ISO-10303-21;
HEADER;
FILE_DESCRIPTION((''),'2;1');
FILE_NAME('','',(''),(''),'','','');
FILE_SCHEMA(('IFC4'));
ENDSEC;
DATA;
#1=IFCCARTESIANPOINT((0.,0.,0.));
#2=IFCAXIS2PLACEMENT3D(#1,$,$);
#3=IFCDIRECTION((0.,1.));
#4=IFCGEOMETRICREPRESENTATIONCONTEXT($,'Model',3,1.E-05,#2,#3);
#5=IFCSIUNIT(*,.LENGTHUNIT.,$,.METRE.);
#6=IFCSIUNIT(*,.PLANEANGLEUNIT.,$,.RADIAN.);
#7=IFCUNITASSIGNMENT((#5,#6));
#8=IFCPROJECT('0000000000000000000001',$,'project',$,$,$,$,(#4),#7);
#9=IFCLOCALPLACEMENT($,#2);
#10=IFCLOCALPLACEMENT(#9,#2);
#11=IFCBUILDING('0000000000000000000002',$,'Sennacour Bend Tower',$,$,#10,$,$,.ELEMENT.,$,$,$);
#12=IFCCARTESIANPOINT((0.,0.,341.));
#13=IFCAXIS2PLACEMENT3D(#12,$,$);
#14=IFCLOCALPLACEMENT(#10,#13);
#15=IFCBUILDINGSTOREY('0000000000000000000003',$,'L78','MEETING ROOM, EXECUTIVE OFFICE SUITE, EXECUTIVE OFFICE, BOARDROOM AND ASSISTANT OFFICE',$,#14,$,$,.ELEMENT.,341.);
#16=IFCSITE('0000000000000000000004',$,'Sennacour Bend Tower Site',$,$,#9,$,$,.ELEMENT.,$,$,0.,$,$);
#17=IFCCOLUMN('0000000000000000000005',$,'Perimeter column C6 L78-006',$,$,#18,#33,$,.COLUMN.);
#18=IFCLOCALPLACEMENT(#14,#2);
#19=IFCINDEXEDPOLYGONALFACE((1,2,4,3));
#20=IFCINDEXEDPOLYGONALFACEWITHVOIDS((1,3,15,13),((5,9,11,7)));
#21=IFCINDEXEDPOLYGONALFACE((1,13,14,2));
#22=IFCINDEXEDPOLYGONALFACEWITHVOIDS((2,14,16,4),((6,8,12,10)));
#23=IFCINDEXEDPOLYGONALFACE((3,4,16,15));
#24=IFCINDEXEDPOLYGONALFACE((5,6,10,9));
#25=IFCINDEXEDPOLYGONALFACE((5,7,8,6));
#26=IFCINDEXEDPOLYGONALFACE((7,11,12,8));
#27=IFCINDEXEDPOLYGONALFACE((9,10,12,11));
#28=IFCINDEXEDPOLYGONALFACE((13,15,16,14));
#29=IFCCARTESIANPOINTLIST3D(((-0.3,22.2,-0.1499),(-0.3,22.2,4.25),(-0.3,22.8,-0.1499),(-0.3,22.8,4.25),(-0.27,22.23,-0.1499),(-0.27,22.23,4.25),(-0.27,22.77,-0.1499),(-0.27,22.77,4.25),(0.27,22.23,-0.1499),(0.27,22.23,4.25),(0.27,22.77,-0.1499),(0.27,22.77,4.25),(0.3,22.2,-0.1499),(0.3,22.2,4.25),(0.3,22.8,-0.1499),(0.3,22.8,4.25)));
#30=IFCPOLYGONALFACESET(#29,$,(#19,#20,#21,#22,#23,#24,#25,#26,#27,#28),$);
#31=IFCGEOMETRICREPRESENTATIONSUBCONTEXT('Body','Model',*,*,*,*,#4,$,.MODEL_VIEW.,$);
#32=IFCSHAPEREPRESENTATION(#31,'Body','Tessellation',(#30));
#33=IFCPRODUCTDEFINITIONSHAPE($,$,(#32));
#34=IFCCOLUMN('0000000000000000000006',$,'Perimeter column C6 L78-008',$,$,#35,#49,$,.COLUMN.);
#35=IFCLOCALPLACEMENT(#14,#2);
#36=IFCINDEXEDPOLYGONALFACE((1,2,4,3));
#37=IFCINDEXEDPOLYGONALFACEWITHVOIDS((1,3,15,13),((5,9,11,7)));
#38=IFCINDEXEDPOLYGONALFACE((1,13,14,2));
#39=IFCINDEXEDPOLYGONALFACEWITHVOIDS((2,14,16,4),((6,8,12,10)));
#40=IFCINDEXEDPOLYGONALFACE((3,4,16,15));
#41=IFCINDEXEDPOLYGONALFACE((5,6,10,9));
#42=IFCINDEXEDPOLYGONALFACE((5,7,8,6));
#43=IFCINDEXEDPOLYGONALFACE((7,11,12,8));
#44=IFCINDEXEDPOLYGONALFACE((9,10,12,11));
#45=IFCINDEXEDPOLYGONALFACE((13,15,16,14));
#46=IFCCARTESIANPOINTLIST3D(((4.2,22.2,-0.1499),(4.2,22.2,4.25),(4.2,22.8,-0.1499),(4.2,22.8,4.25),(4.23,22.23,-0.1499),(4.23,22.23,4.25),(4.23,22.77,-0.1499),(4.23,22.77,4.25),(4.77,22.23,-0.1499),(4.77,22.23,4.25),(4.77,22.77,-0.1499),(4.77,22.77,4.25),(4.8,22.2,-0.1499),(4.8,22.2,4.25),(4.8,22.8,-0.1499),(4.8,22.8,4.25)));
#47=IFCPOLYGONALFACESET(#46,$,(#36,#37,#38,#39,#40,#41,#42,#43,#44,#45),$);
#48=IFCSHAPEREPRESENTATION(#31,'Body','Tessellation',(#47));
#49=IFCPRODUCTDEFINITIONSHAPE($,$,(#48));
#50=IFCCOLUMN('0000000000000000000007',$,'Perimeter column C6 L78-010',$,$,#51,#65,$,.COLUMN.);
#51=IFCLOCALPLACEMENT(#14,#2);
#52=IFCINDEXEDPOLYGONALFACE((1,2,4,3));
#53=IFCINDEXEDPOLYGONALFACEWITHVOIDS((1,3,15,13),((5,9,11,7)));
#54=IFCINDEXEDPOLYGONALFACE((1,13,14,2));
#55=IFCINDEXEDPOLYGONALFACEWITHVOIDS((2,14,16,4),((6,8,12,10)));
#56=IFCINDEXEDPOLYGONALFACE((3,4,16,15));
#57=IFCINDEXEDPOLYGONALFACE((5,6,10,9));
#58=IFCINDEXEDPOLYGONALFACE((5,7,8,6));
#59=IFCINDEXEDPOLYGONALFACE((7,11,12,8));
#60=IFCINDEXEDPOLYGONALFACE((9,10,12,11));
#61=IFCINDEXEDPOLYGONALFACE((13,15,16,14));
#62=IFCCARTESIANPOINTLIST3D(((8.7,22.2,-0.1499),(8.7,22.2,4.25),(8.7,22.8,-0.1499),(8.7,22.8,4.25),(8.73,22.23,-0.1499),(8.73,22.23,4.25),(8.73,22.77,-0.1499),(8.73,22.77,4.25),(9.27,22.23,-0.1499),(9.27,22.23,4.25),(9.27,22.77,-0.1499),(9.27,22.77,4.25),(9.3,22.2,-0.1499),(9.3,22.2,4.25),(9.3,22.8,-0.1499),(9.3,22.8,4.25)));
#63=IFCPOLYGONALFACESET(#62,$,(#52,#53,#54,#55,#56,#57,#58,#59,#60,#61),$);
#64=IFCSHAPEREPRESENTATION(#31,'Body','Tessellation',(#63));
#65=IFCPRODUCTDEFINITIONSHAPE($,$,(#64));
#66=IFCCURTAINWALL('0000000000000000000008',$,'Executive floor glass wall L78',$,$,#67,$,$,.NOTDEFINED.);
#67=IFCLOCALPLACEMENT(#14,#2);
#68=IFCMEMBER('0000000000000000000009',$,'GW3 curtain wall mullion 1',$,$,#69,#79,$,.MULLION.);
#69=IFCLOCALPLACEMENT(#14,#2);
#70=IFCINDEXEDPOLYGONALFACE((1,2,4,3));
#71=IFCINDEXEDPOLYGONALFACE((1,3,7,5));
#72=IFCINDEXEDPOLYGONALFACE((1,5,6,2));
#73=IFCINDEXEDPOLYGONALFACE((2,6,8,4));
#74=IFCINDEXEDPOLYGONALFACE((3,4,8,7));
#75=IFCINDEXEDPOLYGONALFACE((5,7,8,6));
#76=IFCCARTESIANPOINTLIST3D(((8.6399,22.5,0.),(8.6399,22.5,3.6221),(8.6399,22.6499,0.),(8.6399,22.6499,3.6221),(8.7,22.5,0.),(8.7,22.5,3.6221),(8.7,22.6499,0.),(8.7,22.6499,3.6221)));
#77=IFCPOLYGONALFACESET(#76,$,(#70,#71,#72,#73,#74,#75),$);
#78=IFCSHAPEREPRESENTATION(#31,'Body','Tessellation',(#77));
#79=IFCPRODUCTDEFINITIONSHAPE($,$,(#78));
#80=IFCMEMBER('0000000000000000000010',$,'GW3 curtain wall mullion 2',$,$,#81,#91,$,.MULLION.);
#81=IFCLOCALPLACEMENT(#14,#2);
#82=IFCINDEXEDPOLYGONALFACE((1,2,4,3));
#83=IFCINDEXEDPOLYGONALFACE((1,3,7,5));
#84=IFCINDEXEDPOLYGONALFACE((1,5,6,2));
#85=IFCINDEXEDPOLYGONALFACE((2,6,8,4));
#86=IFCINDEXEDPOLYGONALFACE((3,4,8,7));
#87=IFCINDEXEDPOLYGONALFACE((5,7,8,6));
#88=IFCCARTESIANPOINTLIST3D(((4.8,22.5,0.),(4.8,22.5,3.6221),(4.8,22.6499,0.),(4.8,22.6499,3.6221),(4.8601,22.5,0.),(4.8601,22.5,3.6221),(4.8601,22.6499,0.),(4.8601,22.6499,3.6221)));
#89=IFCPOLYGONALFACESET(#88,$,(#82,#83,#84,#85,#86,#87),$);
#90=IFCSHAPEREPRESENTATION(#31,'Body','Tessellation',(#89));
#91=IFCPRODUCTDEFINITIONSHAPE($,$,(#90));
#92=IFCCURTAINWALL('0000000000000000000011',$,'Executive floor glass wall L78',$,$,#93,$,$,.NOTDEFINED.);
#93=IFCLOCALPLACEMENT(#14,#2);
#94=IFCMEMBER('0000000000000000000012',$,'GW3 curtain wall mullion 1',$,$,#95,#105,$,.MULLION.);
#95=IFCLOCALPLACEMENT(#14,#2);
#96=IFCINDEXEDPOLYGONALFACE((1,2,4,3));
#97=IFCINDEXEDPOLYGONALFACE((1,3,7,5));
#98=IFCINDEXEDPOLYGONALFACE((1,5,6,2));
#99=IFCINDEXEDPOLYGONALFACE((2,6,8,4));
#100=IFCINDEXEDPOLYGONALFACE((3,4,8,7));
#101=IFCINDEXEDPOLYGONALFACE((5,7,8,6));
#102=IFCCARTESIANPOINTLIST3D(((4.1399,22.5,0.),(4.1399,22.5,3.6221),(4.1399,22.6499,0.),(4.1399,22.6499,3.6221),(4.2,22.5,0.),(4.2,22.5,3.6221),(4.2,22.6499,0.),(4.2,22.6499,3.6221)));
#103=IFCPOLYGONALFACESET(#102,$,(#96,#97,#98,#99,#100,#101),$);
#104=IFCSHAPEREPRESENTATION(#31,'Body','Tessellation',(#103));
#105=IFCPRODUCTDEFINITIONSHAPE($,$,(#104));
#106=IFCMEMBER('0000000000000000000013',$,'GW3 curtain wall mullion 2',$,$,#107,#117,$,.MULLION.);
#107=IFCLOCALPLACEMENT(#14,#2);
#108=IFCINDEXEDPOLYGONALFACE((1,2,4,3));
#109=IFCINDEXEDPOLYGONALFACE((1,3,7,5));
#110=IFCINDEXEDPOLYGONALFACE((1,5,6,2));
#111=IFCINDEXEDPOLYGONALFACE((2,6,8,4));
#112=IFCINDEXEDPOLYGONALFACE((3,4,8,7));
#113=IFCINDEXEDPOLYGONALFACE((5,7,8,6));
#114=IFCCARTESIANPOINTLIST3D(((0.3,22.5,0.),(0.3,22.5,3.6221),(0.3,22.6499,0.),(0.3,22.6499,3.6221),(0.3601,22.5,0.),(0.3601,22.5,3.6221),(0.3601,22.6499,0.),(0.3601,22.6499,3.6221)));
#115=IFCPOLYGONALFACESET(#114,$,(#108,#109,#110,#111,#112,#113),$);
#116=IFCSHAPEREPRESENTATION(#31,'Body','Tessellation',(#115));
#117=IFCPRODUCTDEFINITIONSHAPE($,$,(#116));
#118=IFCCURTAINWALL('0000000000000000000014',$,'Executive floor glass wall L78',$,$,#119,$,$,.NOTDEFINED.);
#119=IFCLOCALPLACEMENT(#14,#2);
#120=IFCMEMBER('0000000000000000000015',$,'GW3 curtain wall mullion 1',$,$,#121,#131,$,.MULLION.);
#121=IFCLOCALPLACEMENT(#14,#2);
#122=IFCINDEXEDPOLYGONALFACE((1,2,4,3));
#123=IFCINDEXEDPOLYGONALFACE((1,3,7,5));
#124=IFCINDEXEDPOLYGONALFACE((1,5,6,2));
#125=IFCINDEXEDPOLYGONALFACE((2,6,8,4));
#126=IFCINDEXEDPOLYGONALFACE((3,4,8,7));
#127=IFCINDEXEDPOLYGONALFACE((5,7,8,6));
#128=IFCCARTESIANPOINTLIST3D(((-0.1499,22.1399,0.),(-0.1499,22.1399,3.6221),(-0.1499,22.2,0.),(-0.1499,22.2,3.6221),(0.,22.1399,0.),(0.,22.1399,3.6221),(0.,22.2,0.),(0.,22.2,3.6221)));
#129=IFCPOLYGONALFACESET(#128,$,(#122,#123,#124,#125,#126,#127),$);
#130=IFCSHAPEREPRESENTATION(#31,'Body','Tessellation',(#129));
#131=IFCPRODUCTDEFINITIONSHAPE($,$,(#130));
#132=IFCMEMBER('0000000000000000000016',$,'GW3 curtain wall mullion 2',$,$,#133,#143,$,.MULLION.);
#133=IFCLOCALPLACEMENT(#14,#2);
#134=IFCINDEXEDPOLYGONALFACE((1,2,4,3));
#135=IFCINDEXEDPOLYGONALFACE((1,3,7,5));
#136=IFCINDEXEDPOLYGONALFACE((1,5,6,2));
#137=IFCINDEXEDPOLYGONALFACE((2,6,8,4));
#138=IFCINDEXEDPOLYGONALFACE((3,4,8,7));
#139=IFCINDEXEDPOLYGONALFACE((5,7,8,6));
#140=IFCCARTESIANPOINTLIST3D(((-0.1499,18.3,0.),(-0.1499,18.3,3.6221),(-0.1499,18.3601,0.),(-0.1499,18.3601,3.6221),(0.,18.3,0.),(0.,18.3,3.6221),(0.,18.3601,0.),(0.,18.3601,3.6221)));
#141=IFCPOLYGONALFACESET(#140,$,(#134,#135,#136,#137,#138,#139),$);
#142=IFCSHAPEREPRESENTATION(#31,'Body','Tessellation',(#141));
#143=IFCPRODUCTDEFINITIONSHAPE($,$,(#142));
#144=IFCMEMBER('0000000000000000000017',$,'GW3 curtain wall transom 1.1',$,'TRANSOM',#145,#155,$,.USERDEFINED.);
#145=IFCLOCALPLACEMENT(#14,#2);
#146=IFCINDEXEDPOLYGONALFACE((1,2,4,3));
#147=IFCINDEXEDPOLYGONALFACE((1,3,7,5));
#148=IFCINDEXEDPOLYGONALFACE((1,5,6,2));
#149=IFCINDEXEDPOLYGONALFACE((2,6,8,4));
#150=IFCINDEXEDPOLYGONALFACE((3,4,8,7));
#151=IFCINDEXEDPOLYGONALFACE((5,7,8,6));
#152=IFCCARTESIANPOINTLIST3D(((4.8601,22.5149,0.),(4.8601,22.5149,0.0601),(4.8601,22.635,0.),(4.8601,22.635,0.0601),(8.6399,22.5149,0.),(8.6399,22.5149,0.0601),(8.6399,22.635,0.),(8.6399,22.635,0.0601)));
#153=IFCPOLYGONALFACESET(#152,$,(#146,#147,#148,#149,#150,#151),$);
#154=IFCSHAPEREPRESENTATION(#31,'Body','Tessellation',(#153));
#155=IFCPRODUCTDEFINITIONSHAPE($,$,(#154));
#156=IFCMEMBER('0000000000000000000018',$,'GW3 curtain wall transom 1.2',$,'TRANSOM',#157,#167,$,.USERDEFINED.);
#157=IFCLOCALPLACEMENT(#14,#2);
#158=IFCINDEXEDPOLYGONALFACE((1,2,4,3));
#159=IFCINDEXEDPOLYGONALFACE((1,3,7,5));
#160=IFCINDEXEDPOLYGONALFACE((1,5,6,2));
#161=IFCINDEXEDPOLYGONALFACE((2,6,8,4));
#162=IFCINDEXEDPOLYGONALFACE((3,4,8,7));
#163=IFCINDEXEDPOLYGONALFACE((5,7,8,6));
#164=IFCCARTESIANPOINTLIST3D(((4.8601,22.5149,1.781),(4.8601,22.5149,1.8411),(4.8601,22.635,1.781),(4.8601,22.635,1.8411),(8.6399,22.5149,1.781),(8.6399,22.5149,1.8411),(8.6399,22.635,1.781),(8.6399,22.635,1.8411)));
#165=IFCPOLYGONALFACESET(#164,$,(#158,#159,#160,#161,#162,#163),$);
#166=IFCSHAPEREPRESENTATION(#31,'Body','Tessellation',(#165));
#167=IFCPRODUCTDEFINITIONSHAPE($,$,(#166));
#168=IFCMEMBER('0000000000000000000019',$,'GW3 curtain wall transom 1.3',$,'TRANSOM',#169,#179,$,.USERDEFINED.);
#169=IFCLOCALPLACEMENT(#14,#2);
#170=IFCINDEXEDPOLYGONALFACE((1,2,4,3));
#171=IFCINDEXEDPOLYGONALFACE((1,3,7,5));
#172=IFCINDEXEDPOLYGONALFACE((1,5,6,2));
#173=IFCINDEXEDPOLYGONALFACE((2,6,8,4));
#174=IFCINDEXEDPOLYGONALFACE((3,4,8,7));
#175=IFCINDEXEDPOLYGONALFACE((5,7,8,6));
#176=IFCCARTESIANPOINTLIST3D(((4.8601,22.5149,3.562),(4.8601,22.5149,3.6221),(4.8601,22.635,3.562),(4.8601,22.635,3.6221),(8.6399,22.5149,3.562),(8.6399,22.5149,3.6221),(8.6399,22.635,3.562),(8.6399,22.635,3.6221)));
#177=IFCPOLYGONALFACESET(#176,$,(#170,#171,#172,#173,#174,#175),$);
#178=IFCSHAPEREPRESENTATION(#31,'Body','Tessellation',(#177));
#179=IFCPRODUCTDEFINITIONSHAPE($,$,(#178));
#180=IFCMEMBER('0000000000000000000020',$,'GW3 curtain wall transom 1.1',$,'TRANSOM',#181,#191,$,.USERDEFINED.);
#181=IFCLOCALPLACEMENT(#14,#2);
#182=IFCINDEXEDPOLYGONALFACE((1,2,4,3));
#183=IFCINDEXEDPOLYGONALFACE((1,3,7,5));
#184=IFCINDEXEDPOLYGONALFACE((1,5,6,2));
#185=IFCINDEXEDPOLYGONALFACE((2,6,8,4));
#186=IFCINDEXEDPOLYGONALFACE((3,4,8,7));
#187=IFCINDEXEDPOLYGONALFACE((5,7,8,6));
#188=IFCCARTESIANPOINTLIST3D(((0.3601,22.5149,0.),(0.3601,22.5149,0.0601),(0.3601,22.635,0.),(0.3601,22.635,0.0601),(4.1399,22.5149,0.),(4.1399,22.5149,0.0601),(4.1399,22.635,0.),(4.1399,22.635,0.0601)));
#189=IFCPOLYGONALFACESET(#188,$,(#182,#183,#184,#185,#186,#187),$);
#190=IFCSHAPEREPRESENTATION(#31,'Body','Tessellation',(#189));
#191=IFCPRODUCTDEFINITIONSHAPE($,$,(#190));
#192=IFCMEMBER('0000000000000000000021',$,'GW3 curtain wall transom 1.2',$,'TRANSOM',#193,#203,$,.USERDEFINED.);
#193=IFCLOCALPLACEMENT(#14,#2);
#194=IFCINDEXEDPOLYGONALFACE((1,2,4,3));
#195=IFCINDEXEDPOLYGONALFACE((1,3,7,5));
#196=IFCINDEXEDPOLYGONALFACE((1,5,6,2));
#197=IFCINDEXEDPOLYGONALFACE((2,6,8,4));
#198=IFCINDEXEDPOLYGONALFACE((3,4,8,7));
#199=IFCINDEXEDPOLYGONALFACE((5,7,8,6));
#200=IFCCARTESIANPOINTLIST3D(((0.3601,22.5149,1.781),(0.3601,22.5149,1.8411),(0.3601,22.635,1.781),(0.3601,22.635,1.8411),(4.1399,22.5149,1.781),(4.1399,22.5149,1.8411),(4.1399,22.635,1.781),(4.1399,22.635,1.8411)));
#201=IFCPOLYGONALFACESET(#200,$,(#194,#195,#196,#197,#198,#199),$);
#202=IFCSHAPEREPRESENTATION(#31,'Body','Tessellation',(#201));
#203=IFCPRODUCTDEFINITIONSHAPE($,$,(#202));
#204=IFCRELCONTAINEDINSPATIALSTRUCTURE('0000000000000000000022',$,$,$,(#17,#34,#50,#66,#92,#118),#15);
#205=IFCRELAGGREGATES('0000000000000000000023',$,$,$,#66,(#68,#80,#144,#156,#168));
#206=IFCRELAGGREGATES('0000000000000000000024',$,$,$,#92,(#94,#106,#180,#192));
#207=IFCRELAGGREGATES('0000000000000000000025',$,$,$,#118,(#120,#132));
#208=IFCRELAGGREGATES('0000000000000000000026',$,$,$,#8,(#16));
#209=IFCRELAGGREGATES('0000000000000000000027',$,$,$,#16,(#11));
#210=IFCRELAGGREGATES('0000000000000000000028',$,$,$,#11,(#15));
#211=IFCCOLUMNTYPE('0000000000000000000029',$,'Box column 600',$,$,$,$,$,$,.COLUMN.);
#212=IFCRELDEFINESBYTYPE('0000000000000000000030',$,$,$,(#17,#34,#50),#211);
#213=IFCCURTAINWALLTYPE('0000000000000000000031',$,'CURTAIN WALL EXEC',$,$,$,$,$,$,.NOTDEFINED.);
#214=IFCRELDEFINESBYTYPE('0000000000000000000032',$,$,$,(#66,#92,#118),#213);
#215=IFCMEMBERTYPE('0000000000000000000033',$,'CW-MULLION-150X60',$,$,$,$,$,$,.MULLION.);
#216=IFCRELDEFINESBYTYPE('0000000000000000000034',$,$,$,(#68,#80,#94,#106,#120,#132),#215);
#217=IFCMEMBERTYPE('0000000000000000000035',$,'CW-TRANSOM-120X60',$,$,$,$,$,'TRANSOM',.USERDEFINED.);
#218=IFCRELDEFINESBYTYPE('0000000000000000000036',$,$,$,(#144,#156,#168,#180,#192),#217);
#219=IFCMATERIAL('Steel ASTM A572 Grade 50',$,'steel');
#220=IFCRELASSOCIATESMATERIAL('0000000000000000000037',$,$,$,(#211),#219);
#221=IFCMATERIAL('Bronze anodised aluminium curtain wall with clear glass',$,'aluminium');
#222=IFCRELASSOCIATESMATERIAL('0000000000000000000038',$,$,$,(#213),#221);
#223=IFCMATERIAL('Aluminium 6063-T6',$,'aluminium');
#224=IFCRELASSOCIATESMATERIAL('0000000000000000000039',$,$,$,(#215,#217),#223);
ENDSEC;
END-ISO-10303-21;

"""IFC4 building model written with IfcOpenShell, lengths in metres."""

from ifc_helpers import new_model, si_unit, direction, frame, origin, origin_2d, place, context, subcontext, project, spatial, rectangle, hollow_rectangle, extrude, material, material_profile, profile_set, type_object, element, aggregate, save


model = new_model("IFC4")

# Units and contexts
model_context = context("Model", 3, precision=1e-05, world=origin(), true_north=direction((0.0, 1.0)))
body_context = subcontext(model_context, "Body", "Model", "MODEL_VIEW")
ifc_project = project(units=[si_unit("LENGTHUNIT", "METRE"), si_unit("PLANEANGLEUNIT", "RADIAN")], contexts=[model_context])

# Site, building, storey
site_placement = place(None, origin())
site = spatial("IfcSite", under=ifc_project, at=site_placement, Name="Sennacour Bend Tower Site", CompositionType="ELEMENT", RefElevation=0.0)
building_placement = place(site_placement, origin())
building = spatial("IfcBuilding", under=site, at=building_placement, Name="Sennacour Bend Tower", CompositionType="ELEMENT")
storey_placement = place(building_placement, frame((0.0, 0.0, 341.0)))
storey = spatial("IfcBuildingStorey", under=building, at=storey_placement, Name="L78", Description="MEETING ROOM, EXECUTIVE OFFICE SUITE, EXECUTIVE OFFICE, BOARDROOM AND ASSISTANT OFFICE", CompositionType="ELEMENT", Elevation=341.0)

# Columns
ifc_material_1 = material(Name="Steel ASTM A572 Grade 50", Category="steel")
ifc_material_profile_1 = material_profile(ifc_material_1, hollow_rectangle(XDim=0.6001, YDim=0.6001, WallThickness=0.03, at=origin_2d()), Name="Steel ASTM A572 Grade 50", Category="steel")
ifc_profile_set_1 = profile_set([ifc_material_profile_1], Name="Steel ASTM A572 Grade 50")
column_type = type_object("IfcColumnType", Name="Box column 600", PredefinedType="COLUMN", material=ifc_profile_set_1)
for number, where, z_axis, x_axis, name in (
    (1, (0.0, 22.5, -0.1499), (0.0, 0.0, 1.0), (1.0, 0.0, 0.0), "Perimeter column C6 L78-006"),
    (2, (4.5, 22.5, -0.1499), (0.0, 0.0, 1.0), (1.0, 0.0, 0.0), "Perimeter column C6 L78-008"),
    (3, (9.0, 22.5, -0.1499), (0.0, 0.0, 1.0), (1.0, 0.0, 0.0), "Perimeter column C6 L78-010"),
):
    element("IfcColumn", number, at=place(storey_placement, frame(where, z_axis=z_axis, x_axis=x_axis)), inside=storey, type_object=column_type, Name=name, PredefinedType="COLUMN", context=body_context, shape_type="SweptSolid", body=[
        extrude(hollow_rectangle(XDim=0.6001, YDim=0.6001, WallThickness=0.03, at=origin_2d()), origin(), (0.0, 0.0, 1.0), 4.3999),
    ])

# Curtain walls, members
ifc_material_2 = material(Name="Bronze anodised aluminium curtain wall with clear glass", Category="aluminium")
curtain_wall_type = type_object("IfcCurtainWallType", Name="CURTAIN WALL EXEC", PredefinedType="NOTDEFINED", material=ifc_material_2)
curtain_wall_1_placement = place(storey_placement, origin())
curtain_wall_1 = element("IfcCurtainWall", 4, at=curtain_wall_1_placement, inside=storey, type_object=curtain_wall_type, Name="Executive floor glass wall L78", PredefinedType="NOTDEFINED")
ifc_material_3 = material(Name="Aluminium 6063-T6", Category="aluminium")
ifc_material_profile_2 = material_profile(ifc_material_3, rectangle(XDim=0.1499, YDim=0.0601, at=origin_2d()), Name="Aluminium 6063-T6", Category="aluminium")
ifc_profile_set_2 = profile_set([ifc_material_profile_2], Name="Aluminium 6063-T6")
member_type_1 = type_object("IfcMemberType", Name="CW-MULLION-150X60", PredefinedType="MULLION", material=ifc_profile_set_2)
member_1_placement = place(storey_placement, frame((8.6699, 22.575, 0.0), z_axis=(0.0, 0.0, 1.0), x_axis=(0.0, -1.0, 0.0)))
member_1 = element("IfcMember", 5, at=member_1_placement, type_object=member_type_1, Name="GW3 curtain wall mullion 1", PredefinedType="MULLION", context=body_context, shape_type="SweptSolid", body=[
    extrude(rectangle(XDim=0.1499, YDim=0.0601, at=origin_2d()), origin(), (0.0, 0.0, 1.0), 3.6221),
])
member_2_placement = place(storey_placement, frame((4.8301, 22.575, 0.0), z_axis=(0.0, 0.0, 1.0), x_axis=(0.0, -1.0, 0.0)))
member_2 = element("IfcMember", 6, at=member_2_placement, type_object=member_type_1, Name="GW3 curtain wall mullion 2", PredefinedType="MULLION", context=body_context, shape_type="SweptSolid", body=[
    extrude(rectangle(XDim=0.1499, YDim=0.0601, at=origin_2d()), origin(), (0.0, 0.0, 1.0), 3.6221),
])
curtain_wall_2_placement = place(storey_placement, origin())
curtain_wall_2 = element("IfcCurtainWall", 7, at=curtain_wall_2_placement, inside=storey, type_object=curtain_wall_type, Name="Executive floor glass wall L78", PredefinedType="NOTDEFINED")
member_3_placement = place(storey_placement, frame((4.1699, 22.575, 0.0), z_axis=(0.0, 0.0, 1.0), x_axis=(0.0, -1.0, 0.0)))
member_3 = element("IfcMember", 8, at=member_3_placement, type_object=member_type_1, Name="GW3 curtain wall mullion 1", PredefinedType="MULLION", context=body_context, shape_type="SweptSolid", body=[
    extrude(rectangle(XDim=0.1499, YDim=0.0601, at=origin_2d()), origin(), (0.0, 0.0, 1.0), 3.6221),
])
member_4_placement = place(storey_placement, frame((0.3301, 22.575, 0.0), z_axis=(0.0, 0.0, 1.0), x_axis=(0.0, -1.0, 0.0)))
member_4 = element("IfcMember", 9, at=member_4_placement, type_object=member_type_1, Name="GW3 curtain wall mullion 2", PredefinedType="MULLION", context=body_context, shape_type="SweptSolid", body=[
    extrude(rectangle(XDim=0.1499, YDim=0.0601, at=origin_2d()), origin(), (0.0, 0.0, 1.0), 3.6221),
])
curtain_wall_3_placement = place(storey_placement, origin())
curtain_wall_3 = element("IfcCurtainWall", 10, at=curtain_wall_3_placement, inside=storey, type_object=curtain_wall_type, Name="Executive floor glass wall L78", PredefinedType="NOTDEFINED")
member_5_placement = place(storey_placement, frame((-0.075, 22.1699, 0.0), z_axis=(0.0, 0.0, 1.0), x_axis=(1.0, 0.0, 0.0)))
member_5 = element("IfcMember", 11, at=member_5_placement, type_object=member_type_1, Name="GW3 curtain wall mullion 1", PredefinedType="MULLION", context=body_context, shape_type="SweptSolid", body=[
    extrude(rectangle(XDim=0.1499, YDim=0.0601, at=origin_2d()), origin(), (0.0, 0.0, 1.0), 3.6221),
])
member_6_placement = place(storey_placement, frame((-0.075, 18.3301, 0.0), z_axis=(0.0, 0.0, 1.0), x_axis=(1.0, 0.0, 0.0)))
member_6 = element("IfcMember", 12, at=member_6_placement, type_object=member_type_1, Name="GW3 curtain wall mullion 2", PredefinedType="MULLION", context=body_context, shape_type="SweptSolid", body=[
    extrude(rectangle(XDim=0.1499, YDim=0.0601, at=origin_2d()), origin(), (0.0, 0.0, 1.0), 3.6221),
])

# Members
ifc_material_profile_3 = material_profile(ifc_material_3, rectangle(XDim=0.1201, YDim=0.0601, at=origin_2d()), Name="Aluminium 6063-T6", Category="aluminium")
ifc_profile_set_3 = profile_set([ifc_material_profile_3], Name="Aluminium 6063-T6")
member_type_2 = type_object("IfcMemberType", Name="CW-TRANSOM-120X60", ElementType="TRANSOM", PredefinedType="USERDEFINED", material=ifc_profile_set_3)
member_7_placement = place(storey_placement, frame((8.6399, 22.575, 0.03), z_axis=(-1.0, 0.0, 0.0), x_axis=(0.0, -1.0, 0.0)))
member_7 = element("IfcMember", 13, at=member_7_placement, type_object=member_type_2, Name="GW3 curtain wall transom 1.1", ObjectType="TRANSOM", PredefinedType="USERDEFINED", context=body_context, shape_type="SweptSolid", body=[
    extrude(rectangle(XDim=0.1201, YDim=0.0601, at=origin_2d()), origin(), (0.0, 0.0, 1.0), 3.7798),
])
member_8_placement = place(storey_placement, frame((8.6399, 22.575, 1.811), z_axis=(-1.0, 0.0, 0.0), x_axis=(0.0, -1.0, 0.0)))
member_8 = element("IfcMember", 14, at=member_8_placement, type_object=member_type_2, Name="GW3 curtain wall transom 1.2", ObjectType="TRANSOM", PredefinedType="USERDEFINED", context=body_context, shape_type="SweptSolid", body=[
    extrude(rectangle(XDim=0.1201, YDim=0.0601, at=origin_2d()), origin(), (0.0, 0.0, 1.0), 3.7798),
])
member_9_placement = place(storey_placement, frame((8.6399, 22.575, 3.592), z_axis=(-1.0, 0.0, 0.0), x_axis=(0.0, -1.0, 0.0)))
member_9 = element("IfcMember", 15, at=member_9_placement, type_object=member_type_2, Name="GW3 curtain wall transom 1.3", ObjectType="TRANSOM", PredefinedType="USERDEFINED", context=body_context, shape_type="SweptSolid", body=[
    extrude(rectangle(XDim=0.1201, YDim=0.0601, at=origin_2d()), origin(), (0.0, 0.0, 1.0), 3.7798),
])
member_10_placement = place(storey_placement, frame((4.1399, 22.575, 0.03), z_axis=(-1.0, 0.0, 0.0), x_axis=(0.0, -1.0, 0.0)))
member_10 = element("IfcMember", 16, at=member_10_placement, type_object=member_type_2, Name="GW3 curtain wall transom 1.1", ObjectType="TRANSOM", PredefinedType="USERDEFINED", context=body_context, shape_type="SweptSolid", body=[
    extrude(rectangle(XDim=0.1201, YDim=0.0601, at=origin_2d()), origin(), (0.0, 0.0, 1.0), 3.7798),
])
member_11_placement = place(storey_placement, frame((4.1399, 22.575, 1.811), z_axis=(-1.0, 0.0, 0.0), x_axis=(0.0, -1.0, 0.0)))
member_11 = element("IfcMember", 17, at=member_11_placement, type_object=member_type_2, Name="GW3 curtain wall transom 1.2", ObjectType="TRANSOM", PredefinedType="USERDEFINED", context=body_context, shape_type="SweptSolid", body=[
    extrude(rectangle(XDim=0.1201, YDim=0.0601, at=origin_2d()), origin(), (0.0, 0.0, 1.0), 3.7798),
])

aggregate(curtain_wall_1, [member_1, member_2, member_7, member_8, member_9])
aggregate(curtain_wall_2, [member_3, member_4, member_10, member_11])
aggregate(curtain_wall_3, [member_5, member_6])

save(model, "model.ifc")
